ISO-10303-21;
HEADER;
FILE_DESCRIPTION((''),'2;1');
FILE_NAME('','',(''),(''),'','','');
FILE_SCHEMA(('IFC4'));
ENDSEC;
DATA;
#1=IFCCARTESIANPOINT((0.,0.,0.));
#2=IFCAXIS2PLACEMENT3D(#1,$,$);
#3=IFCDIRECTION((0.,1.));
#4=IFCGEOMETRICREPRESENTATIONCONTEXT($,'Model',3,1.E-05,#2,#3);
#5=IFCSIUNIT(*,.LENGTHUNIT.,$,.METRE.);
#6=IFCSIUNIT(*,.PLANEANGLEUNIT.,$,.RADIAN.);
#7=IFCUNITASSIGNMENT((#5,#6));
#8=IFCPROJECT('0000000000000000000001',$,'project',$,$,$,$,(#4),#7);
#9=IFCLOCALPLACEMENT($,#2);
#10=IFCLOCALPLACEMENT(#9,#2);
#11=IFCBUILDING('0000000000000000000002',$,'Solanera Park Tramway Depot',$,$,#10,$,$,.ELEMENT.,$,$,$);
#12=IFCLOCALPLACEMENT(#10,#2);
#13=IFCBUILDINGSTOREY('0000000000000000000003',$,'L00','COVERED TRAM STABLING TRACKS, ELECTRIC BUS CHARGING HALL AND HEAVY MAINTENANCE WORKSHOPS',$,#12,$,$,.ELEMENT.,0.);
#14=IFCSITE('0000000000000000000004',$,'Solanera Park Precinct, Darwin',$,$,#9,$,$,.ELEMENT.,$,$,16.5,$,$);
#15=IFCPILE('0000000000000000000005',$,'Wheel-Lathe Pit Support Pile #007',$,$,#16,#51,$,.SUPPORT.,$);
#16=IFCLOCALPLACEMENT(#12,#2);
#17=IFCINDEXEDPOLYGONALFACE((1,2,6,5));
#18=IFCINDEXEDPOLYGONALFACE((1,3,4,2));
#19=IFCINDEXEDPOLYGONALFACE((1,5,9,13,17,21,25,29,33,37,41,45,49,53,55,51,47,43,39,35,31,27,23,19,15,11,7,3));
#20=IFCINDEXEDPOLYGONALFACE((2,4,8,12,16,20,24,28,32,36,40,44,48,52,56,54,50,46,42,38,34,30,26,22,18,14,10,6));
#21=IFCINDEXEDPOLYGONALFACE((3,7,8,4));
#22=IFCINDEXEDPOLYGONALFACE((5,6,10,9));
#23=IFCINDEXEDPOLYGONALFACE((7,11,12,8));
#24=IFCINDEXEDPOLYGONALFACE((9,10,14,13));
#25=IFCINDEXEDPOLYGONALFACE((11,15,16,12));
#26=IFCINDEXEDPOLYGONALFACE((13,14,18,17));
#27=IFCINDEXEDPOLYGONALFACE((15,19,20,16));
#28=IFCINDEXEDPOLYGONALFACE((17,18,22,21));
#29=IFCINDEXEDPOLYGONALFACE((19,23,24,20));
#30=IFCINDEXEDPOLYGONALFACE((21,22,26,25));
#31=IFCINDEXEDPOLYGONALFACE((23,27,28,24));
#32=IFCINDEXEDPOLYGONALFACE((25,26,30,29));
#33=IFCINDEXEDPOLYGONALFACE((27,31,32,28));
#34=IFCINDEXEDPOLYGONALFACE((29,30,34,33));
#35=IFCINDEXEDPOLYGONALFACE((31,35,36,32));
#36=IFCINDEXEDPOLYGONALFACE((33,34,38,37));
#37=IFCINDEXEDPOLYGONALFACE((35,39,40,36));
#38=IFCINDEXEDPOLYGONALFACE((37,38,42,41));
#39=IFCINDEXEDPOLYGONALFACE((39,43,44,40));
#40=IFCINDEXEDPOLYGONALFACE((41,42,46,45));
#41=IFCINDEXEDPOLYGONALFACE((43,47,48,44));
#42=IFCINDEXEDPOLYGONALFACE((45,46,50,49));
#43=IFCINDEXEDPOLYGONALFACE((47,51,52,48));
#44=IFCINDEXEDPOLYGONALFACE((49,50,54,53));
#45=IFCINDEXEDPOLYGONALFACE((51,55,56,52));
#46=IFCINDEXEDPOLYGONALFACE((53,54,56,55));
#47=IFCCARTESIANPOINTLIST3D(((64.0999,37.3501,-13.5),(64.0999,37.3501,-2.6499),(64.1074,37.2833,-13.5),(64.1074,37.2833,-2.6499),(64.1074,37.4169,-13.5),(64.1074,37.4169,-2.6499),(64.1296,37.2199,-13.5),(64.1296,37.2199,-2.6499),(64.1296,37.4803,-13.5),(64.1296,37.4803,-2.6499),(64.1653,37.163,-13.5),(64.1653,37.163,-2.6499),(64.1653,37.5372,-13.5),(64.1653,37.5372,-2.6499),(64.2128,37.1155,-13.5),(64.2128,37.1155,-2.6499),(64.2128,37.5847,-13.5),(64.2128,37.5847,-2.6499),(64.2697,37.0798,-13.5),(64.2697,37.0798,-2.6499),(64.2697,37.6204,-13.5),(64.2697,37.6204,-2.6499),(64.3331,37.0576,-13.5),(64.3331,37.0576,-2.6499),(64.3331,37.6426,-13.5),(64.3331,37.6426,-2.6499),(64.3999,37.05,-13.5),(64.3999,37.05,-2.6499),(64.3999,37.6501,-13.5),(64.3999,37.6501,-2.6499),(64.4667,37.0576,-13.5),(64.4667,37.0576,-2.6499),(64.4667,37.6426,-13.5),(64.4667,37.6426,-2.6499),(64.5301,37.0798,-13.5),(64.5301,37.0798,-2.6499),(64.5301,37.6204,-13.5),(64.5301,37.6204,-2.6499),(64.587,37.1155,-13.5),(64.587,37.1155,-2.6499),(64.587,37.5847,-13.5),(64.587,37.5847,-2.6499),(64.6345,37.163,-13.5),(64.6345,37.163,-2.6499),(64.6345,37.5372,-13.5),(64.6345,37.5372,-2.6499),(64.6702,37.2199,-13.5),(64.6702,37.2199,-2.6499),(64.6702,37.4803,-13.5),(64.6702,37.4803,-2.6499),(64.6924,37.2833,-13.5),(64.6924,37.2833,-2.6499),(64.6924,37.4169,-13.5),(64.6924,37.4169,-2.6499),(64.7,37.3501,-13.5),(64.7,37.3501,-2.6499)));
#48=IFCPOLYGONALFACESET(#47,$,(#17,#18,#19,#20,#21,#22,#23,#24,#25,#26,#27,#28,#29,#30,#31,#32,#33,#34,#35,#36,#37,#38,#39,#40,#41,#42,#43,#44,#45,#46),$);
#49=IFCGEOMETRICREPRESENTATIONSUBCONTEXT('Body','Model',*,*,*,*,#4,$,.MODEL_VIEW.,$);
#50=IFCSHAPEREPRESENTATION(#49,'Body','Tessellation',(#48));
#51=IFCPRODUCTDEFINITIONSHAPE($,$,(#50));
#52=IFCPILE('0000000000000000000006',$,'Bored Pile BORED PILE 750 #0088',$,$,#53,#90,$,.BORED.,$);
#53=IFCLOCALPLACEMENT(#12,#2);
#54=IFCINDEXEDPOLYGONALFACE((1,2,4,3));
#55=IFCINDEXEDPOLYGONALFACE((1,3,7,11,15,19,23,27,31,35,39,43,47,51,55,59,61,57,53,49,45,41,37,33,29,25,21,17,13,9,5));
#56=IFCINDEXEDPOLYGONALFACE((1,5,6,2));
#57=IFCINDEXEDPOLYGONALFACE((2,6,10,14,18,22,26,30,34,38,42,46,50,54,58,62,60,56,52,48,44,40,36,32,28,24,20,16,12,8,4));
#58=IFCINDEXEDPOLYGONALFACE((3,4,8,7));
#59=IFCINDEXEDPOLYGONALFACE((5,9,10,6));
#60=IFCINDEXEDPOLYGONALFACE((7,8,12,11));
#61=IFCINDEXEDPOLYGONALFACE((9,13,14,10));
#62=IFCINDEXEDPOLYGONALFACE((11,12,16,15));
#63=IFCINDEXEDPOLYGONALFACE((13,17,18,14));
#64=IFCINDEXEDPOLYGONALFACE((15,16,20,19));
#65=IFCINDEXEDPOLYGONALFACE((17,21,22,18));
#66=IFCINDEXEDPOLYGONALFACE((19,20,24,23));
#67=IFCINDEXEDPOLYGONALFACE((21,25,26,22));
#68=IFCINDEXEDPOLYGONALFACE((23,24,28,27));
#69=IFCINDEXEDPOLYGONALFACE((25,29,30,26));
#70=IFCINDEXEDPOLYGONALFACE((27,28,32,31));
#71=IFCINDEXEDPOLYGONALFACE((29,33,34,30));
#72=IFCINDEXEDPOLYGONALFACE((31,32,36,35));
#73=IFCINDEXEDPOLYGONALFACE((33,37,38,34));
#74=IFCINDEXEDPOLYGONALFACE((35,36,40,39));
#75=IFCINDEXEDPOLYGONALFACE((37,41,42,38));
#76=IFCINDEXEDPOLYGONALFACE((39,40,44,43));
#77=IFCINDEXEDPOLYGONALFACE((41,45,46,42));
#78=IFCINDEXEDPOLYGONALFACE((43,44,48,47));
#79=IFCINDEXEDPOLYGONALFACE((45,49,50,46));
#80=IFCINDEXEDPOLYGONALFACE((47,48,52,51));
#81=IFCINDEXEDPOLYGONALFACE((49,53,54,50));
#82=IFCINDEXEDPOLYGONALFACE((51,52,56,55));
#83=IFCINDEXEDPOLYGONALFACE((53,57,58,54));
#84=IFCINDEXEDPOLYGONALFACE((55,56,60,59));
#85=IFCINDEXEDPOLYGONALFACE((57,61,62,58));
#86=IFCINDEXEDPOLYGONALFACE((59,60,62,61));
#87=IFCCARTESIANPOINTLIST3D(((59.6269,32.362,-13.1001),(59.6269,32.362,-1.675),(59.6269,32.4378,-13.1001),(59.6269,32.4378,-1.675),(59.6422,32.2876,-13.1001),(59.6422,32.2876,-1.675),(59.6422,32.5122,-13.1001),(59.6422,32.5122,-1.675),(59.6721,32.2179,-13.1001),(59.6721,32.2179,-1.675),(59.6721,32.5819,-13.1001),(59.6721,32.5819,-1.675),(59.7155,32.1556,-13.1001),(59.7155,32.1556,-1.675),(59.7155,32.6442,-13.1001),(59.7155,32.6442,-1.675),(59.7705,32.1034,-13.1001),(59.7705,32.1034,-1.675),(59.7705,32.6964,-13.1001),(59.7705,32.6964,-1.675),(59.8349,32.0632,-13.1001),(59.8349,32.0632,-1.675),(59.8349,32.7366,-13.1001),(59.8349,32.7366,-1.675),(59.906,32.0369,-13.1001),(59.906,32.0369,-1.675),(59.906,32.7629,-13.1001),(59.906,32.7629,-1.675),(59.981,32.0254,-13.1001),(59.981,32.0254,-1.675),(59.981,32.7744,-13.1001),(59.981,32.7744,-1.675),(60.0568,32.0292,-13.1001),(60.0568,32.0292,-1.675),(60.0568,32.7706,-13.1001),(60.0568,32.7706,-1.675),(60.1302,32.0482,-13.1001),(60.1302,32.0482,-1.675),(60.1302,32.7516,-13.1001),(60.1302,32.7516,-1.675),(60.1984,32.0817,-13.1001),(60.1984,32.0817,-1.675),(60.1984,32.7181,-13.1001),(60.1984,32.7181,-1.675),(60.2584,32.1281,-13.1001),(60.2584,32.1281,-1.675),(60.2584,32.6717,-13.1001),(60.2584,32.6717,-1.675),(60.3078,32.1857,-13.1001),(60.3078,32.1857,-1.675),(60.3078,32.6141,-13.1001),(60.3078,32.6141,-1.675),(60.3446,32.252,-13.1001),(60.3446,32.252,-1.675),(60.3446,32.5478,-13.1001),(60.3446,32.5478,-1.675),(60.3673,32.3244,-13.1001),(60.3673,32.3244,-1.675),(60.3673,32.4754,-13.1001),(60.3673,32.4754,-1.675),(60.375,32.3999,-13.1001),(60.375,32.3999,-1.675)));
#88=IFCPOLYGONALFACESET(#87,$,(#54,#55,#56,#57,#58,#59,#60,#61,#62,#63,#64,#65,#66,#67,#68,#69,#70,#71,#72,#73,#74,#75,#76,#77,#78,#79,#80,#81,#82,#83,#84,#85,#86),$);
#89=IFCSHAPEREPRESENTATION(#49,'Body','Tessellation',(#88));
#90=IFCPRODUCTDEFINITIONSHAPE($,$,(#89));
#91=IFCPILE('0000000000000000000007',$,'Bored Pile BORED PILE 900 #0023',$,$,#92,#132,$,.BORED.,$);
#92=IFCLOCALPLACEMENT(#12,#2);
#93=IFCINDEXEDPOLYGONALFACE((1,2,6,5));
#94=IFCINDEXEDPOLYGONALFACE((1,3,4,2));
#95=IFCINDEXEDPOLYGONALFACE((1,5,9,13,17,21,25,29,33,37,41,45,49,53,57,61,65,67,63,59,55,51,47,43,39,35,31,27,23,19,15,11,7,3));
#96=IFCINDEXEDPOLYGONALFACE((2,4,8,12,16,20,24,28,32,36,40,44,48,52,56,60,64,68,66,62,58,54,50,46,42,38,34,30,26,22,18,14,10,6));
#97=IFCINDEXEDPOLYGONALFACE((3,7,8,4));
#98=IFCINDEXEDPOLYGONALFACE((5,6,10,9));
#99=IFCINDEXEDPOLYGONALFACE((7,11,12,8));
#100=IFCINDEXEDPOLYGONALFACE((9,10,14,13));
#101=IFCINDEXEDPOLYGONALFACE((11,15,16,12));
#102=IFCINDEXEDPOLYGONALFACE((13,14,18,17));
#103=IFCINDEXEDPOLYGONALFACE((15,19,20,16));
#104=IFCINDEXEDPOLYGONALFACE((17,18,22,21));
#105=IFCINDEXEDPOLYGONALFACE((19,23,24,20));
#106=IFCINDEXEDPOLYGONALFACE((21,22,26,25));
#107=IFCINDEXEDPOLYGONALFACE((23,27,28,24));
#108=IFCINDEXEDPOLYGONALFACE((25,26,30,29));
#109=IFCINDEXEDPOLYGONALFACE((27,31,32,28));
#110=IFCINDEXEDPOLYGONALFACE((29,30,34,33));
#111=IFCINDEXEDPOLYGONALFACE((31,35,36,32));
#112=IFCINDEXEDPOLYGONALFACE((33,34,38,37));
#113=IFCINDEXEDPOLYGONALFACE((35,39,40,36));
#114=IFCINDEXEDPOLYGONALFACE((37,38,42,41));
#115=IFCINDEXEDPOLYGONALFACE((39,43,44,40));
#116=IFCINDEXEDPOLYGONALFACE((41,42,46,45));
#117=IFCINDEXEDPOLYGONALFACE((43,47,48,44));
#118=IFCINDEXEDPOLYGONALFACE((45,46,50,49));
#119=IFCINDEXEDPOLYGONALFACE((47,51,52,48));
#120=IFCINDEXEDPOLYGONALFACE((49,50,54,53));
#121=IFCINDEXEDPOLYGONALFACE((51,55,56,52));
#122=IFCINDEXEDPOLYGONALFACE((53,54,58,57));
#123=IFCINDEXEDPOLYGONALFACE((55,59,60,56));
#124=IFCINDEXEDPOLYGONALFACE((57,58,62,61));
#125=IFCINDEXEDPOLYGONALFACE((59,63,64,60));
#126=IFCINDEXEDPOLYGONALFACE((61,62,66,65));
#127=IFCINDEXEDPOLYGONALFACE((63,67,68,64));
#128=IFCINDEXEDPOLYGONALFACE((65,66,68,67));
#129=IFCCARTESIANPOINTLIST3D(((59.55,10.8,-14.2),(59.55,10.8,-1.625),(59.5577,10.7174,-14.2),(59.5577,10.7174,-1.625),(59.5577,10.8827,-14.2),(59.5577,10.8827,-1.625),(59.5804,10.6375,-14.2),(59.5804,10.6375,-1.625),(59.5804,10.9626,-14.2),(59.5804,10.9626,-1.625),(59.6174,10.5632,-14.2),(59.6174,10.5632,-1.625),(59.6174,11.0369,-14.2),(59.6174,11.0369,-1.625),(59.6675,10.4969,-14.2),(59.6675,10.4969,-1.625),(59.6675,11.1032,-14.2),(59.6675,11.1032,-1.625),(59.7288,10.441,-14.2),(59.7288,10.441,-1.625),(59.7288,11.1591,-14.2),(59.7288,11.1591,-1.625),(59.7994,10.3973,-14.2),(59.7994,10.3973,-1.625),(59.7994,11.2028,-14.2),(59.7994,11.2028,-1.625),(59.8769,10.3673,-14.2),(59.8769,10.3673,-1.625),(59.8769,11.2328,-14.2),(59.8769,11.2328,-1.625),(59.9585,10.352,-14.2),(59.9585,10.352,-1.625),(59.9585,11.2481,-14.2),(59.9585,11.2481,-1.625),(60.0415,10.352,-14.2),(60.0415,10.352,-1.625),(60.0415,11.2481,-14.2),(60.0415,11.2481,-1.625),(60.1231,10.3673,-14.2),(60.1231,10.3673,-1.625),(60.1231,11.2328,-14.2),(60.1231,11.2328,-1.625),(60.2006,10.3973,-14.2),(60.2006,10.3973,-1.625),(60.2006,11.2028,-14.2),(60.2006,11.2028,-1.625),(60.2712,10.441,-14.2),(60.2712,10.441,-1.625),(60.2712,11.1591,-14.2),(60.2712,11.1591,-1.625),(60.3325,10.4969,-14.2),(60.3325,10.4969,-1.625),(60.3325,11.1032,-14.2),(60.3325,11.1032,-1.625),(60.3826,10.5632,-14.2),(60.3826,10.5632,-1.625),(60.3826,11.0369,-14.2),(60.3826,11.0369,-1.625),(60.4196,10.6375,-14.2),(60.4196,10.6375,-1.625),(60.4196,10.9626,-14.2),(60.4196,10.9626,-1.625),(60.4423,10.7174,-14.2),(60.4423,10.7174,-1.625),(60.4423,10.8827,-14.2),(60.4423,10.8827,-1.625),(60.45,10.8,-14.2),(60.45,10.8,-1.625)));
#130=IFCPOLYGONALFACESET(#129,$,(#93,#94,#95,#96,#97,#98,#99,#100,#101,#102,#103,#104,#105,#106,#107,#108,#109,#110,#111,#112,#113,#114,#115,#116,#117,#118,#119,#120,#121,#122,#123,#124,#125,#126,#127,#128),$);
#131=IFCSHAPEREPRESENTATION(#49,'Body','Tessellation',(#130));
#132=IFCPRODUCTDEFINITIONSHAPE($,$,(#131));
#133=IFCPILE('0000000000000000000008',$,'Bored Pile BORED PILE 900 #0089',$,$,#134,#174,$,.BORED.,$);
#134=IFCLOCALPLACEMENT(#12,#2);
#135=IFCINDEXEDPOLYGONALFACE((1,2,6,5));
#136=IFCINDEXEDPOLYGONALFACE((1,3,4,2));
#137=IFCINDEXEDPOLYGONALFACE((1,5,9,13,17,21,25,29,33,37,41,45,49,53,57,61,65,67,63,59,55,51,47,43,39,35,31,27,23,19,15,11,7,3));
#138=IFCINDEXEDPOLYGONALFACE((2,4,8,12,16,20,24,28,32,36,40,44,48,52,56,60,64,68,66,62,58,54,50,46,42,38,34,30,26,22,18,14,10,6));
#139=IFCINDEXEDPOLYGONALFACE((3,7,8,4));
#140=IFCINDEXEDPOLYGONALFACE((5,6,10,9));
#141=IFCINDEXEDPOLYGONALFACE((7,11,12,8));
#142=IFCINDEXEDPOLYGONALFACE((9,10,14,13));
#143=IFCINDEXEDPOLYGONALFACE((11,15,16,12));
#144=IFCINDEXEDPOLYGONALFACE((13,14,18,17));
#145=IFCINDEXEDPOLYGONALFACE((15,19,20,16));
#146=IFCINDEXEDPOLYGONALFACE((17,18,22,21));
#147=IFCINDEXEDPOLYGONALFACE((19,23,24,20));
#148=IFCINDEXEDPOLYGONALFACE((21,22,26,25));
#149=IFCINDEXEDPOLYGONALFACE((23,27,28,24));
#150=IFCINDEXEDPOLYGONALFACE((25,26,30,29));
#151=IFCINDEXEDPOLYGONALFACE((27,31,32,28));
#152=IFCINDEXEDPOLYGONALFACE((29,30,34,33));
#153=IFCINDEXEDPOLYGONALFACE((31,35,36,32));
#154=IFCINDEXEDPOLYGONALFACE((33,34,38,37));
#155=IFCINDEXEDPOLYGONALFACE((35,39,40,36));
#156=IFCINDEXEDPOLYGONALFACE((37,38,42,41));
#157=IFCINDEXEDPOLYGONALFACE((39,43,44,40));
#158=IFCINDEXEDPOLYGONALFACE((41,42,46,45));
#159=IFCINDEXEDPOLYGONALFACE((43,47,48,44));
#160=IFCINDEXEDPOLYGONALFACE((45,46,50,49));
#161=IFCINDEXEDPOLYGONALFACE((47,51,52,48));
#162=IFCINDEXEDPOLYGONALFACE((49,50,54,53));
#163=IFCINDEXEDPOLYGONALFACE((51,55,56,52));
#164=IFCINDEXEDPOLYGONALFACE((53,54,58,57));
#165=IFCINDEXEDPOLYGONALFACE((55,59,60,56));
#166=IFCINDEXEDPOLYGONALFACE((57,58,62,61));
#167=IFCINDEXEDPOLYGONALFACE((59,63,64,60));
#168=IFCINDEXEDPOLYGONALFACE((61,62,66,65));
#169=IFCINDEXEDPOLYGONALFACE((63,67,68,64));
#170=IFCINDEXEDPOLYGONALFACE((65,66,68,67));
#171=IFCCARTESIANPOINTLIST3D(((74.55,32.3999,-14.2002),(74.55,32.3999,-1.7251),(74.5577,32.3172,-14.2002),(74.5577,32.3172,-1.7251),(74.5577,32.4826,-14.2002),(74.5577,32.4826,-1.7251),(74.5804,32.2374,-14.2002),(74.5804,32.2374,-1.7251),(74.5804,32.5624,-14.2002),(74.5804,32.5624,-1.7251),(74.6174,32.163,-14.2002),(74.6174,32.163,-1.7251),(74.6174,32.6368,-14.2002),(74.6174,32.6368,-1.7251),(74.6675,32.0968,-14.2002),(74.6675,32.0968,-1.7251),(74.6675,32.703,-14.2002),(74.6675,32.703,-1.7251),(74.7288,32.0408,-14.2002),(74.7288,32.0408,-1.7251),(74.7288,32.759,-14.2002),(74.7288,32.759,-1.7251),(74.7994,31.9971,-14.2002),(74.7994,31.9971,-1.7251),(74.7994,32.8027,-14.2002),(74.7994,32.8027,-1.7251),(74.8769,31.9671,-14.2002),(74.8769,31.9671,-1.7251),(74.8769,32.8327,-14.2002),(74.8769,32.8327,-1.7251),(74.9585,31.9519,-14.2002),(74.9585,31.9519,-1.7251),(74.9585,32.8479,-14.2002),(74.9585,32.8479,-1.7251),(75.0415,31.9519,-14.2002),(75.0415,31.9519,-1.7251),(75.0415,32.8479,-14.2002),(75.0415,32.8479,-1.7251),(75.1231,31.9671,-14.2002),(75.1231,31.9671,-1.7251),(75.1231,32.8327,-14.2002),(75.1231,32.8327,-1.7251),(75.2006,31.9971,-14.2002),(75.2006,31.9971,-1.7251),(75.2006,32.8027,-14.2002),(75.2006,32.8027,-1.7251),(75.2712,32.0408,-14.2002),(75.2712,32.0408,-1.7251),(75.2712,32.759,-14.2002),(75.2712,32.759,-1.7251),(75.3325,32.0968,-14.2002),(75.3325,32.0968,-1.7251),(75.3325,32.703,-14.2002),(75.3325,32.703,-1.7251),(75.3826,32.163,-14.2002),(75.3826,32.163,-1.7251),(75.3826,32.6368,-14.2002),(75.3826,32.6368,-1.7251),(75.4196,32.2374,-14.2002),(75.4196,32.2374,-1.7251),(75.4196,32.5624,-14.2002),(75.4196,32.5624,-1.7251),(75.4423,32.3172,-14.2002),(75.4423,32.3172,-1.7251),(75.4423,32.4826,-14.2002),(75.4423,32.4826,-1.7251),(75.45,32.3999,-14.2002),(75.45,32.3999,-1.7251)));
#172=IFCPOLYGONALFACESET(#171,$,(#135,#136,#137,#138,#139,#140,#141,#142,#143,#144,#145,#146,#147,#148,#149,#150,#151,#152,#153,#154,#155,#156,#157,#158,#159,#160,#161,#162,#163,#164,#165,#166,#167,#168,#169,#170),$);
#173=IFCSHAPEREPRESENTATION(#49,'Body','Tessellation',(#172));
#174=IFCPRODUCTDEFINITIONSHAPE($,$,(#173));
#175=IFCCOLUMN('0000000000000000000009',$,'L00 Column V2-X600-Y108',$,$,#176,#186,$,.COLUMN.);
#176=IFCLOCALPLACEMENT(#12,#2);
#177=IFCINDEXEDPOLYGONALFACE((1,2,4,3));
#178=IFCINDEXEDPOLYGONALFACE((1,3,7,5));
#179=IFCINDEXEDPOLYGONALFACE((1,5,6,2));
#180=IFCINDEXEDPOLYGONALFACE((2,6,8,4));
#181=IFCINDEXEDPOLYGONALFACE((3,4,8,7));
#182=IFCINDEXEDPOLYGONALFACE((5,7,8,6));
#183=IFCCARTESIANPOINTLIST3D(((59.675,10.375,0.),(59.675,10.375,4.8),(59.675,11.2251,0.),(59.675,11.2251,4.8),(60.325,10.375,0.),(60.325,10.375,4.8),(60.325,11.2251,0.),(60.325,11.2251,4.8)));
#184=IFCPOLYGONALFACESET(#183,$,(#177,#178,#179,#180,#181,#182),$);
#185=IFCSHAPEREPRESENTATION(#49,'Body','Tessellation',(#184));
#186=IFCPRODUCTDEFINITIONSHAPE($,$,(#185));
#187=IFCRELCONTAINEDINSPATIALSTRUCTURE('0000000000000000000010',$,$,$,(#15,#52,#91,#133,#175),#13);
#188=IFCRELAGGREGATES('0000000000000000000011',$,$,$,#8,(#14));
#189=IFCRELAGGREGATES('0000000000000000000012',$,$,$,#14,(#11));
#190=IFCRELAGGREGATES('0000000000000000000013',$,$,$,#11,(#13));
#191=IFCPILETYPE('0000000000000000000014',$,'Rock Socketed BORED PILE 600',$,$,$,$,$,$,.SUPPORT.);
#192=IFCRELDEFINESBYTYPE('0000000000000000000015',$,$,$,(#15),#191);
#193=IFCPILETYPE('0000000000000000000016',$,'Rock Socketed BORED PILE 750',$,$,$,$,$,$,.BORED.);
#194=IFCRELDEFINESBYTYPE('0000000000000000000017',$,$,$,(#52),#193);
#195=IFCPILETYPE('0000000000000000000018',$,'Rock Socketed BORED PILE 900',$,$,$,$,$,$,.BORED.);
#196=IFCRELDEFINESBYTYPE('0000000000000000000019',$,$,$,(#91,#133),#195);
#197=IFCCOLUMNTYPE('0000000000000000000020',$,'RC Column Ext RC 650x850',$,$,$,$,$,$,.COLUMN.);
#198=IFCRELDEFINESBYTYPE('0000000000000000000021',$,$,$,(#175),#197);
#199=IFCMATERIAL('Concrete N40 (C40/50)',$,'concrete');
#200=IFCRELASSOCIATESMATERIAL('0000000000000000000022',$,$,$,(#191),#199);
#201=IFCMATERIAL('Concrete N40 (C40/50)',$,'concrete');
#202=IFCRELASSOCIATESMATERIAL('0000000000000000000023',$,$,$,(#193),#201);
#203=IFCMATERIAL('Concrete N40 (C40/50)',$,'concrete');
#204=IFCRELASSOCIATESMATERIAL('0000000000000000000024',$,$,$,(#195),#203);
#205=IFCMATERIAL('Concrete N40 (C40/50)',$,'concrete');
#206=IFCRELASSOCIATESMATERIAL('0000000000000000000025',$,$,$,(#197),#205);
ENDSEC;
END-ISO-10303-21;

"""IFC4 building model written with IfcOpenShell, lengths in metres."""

from ifc_helpers import new_model, si_unit, direction, frame, origin, origin_2d, place, context, subcontext, project, spatial, rectangle, circle, extrude, material, material_profile, profile_set, type_object, element, save


model = new_model("IFC4")

# Units and contexts
model_context = context("Model", 3, precision=1e-05, world=origin(), true_north=direction((0.0, 1.0)))
body_context = subcontext(model_context, "Body", "Model", "MODEL_VIEW")
ifc_project = project(units=[si_unit("LENGTHUNIT", "METRE"), si_unit("PLANEANGLEUNIT", "RADIAN")], contexts=[model_context])

# Site, building, storey
site_placement = place(None, origin())
site = spatial("IfcSite", under=ifc_project, at=site_placement, Name="Solanera Park Precinct, Darwin", CompositionType="ELEMENT", RefElevation=16.5)
building_placement = place(site_placement, origin())
building = spatial("IfcBuilding", under=site, at=building_placement, Name="Solanera Park Tramway Depot", CompositionType="ELEMENT")
storey_placement = place(building_placement, origin())
storey = spatial("IfcBuildingStorey", under=building, at=storey_placement, Name="L00", Description="COVERED TRAM STABLING TRACKS, ELECTRIC BUS CHARGING HALL AND HEAVY MAINTENANCE WORKSHOPS", CompositionType="ELEMENT", Elevation=0.0)

# Piles
ifc_material_1 = material(Name="Concrete N40 (C40/50)", Category="concrete")
ifc_material_profile_1 = material_profile(ifc_material_1, circle(Radius=0.3, at=origin_2d()), Name="BORED PILE 600")
ifc_profile_set_1 = profile_set([ifc_material_profile_1], Name="Concrete N40 (C40/50)")
pile_type_1 = type_object("IfcPileType", Name="Rock Socketed BORED PILE 600", PredefinedType="SUPPORT", material=ifc_profile_set_1)
for number, where, z_axis, x_axis, name in (
    (1, (64.3999, 37.3501, -2.6499), (0.0, 0.0, -1.0), (1.0, 0.0, 0.0), "Wheel-Lathe Pit Support Pile #007"),
):
    element("IfcPile", number, at=place(storey_placement, frame(where, z_axis=z_axis, x_axis=x_axis)), inside=storey, type_object=pile_type_1, Name=name, PredefinedType="SUPPORT", context=body_context, shape_type="SweptSolid", body=[
        extrude(circle(Radius=0.3, at=origin_2d()), origin(), (0.0, 0.0, 1.0), 10.8501),
    ])
ifc_material_2 = material(Name="Concrete N40 (C40/50)", Category="concrete")
ifc_material_profile_2 = material_profile(ifc_material_2, circle(Radius=0.375, at=origin_2d()), Name="BORED PILE 750")
ifc_profile_set_2 = profile_set([ifc_material_profile_2], Name="Concrete N40 (C40/50)")
pile_type_2 = type_object("IfcPileType", Name="Rock Socketed BORED PILE 750", PredefinedType="BORED", material=ifc_profile_set_2)
pile_1_placement = place(storey_placement, frame((60.0, 32.3999, -1.675), z_axis=(0.0, 0.0, -1.0), x_axis=(1.0, 0.0, 0.0)))
element("IfcPile", 2, at=pile_1_placement, inside=storey, type_object=pile_type_2, Name="Bored Pile BORED PILE 750 #0088", PredefinedType="BORED", context=body_context, shape_type="SweptSolid", body=[
    extrude(circle(Radius=0.375, at=origin_2d()), origin(), (0.0, 0.0, 1.0), 11.425),
])
ifc_material_3 = material(Name="Concrete N40 (C40/50)", Category="concrete")
ifc_material_profile_3 = material_profile(ifc_material_3, circle(Radius=0.45, at=origin_2d()), Name="BORED PILE 900")
ifc_profile_set_3 = profile_set([ifc_material_profile_3], Name="Concrete N40 (C40/50)")
pile_type_3 = type_object("IfcPileType", Name="Rock Socketed BORED PILE 900", PredefinedType="BORED", material=ifc_profile_set_3)
pile_2_placement = place(storey_placement, frame((60.0, 10.8, -1.625), z_axis=(0.0, 0.0, -1.0), x_axis=(1.0, 0.0, 0.0)))
element("IfcPile", 3, at=pile_2_placement, inside=storey, type_object=pile_type_3, Name="Bored Pile BORED PILE 900 #0023", PredefinedType="BORED", context=body_context, shape_type="SweptSolid", body=[
    extrude(circle(Radius=0.45, at=origin_2d()), origin(), (0.0, 0.0, 1.0), 12.575),
])
pile_3_placement = place(storey_placement, frame((75.0, 32.3999, -1.7251), z_axis=(0.0, 0.0, -1.0), x_axis=(1.0, 0.0, 0.0)))
element("IfcPile", 4, at=pile_3_placement, inside=storey, type_object=pile_type_3, Name="Bored Pile BORED PILE 900 #0089", PredefinedType="BORED", context=body_context, shape_type="SweptSolid", body=[
    extrude(circle(Radius=0.45, at=origin_2d()), origin(), (0.0, 0.0, 1.0), 12.4751),
])

# Column
ifc_material_4 = material(Name="Concrete N40 (C40/50)", Category="concrete")
ifc_material_profile_4 = material_profile(ifc_material_4, rectangle(XDim=0.6499, YDim=0.8501, at=origin_2d()), Name="RC 650x850")
ifc_profile_set_4 = profile_set([ifc_material_profile_4], Name="Concrete N40 (C40/50)")
column_type_1 = type_object("IfcColumnType", Name="RC Column Ext RC 650x850", PredefinedType="COLUMN", material=ifc_profile_set_4)
column_1_placement = place(storey_placement, frame((60.0, 10.8, 0.0), z_axis=(0.0, 0.0, 1.0), x_axis=(1.0, 0.0, 0.0)))
element("IfcColumn", 5, at=column_1_placement, inside=storey, type_object=column_type_1, Name="L00 Column V2-X600-Y108", PredefinedType="COLUMN", context=body_context, shape_type="SweptSolid", body=[
    extrude(rectangle(XDim=0.6499, YDim=0.8501, at=origin_2d()), origin(), (0.0, 0.0, 1.0), 4.8),
])

save(model, "model.ifc")
